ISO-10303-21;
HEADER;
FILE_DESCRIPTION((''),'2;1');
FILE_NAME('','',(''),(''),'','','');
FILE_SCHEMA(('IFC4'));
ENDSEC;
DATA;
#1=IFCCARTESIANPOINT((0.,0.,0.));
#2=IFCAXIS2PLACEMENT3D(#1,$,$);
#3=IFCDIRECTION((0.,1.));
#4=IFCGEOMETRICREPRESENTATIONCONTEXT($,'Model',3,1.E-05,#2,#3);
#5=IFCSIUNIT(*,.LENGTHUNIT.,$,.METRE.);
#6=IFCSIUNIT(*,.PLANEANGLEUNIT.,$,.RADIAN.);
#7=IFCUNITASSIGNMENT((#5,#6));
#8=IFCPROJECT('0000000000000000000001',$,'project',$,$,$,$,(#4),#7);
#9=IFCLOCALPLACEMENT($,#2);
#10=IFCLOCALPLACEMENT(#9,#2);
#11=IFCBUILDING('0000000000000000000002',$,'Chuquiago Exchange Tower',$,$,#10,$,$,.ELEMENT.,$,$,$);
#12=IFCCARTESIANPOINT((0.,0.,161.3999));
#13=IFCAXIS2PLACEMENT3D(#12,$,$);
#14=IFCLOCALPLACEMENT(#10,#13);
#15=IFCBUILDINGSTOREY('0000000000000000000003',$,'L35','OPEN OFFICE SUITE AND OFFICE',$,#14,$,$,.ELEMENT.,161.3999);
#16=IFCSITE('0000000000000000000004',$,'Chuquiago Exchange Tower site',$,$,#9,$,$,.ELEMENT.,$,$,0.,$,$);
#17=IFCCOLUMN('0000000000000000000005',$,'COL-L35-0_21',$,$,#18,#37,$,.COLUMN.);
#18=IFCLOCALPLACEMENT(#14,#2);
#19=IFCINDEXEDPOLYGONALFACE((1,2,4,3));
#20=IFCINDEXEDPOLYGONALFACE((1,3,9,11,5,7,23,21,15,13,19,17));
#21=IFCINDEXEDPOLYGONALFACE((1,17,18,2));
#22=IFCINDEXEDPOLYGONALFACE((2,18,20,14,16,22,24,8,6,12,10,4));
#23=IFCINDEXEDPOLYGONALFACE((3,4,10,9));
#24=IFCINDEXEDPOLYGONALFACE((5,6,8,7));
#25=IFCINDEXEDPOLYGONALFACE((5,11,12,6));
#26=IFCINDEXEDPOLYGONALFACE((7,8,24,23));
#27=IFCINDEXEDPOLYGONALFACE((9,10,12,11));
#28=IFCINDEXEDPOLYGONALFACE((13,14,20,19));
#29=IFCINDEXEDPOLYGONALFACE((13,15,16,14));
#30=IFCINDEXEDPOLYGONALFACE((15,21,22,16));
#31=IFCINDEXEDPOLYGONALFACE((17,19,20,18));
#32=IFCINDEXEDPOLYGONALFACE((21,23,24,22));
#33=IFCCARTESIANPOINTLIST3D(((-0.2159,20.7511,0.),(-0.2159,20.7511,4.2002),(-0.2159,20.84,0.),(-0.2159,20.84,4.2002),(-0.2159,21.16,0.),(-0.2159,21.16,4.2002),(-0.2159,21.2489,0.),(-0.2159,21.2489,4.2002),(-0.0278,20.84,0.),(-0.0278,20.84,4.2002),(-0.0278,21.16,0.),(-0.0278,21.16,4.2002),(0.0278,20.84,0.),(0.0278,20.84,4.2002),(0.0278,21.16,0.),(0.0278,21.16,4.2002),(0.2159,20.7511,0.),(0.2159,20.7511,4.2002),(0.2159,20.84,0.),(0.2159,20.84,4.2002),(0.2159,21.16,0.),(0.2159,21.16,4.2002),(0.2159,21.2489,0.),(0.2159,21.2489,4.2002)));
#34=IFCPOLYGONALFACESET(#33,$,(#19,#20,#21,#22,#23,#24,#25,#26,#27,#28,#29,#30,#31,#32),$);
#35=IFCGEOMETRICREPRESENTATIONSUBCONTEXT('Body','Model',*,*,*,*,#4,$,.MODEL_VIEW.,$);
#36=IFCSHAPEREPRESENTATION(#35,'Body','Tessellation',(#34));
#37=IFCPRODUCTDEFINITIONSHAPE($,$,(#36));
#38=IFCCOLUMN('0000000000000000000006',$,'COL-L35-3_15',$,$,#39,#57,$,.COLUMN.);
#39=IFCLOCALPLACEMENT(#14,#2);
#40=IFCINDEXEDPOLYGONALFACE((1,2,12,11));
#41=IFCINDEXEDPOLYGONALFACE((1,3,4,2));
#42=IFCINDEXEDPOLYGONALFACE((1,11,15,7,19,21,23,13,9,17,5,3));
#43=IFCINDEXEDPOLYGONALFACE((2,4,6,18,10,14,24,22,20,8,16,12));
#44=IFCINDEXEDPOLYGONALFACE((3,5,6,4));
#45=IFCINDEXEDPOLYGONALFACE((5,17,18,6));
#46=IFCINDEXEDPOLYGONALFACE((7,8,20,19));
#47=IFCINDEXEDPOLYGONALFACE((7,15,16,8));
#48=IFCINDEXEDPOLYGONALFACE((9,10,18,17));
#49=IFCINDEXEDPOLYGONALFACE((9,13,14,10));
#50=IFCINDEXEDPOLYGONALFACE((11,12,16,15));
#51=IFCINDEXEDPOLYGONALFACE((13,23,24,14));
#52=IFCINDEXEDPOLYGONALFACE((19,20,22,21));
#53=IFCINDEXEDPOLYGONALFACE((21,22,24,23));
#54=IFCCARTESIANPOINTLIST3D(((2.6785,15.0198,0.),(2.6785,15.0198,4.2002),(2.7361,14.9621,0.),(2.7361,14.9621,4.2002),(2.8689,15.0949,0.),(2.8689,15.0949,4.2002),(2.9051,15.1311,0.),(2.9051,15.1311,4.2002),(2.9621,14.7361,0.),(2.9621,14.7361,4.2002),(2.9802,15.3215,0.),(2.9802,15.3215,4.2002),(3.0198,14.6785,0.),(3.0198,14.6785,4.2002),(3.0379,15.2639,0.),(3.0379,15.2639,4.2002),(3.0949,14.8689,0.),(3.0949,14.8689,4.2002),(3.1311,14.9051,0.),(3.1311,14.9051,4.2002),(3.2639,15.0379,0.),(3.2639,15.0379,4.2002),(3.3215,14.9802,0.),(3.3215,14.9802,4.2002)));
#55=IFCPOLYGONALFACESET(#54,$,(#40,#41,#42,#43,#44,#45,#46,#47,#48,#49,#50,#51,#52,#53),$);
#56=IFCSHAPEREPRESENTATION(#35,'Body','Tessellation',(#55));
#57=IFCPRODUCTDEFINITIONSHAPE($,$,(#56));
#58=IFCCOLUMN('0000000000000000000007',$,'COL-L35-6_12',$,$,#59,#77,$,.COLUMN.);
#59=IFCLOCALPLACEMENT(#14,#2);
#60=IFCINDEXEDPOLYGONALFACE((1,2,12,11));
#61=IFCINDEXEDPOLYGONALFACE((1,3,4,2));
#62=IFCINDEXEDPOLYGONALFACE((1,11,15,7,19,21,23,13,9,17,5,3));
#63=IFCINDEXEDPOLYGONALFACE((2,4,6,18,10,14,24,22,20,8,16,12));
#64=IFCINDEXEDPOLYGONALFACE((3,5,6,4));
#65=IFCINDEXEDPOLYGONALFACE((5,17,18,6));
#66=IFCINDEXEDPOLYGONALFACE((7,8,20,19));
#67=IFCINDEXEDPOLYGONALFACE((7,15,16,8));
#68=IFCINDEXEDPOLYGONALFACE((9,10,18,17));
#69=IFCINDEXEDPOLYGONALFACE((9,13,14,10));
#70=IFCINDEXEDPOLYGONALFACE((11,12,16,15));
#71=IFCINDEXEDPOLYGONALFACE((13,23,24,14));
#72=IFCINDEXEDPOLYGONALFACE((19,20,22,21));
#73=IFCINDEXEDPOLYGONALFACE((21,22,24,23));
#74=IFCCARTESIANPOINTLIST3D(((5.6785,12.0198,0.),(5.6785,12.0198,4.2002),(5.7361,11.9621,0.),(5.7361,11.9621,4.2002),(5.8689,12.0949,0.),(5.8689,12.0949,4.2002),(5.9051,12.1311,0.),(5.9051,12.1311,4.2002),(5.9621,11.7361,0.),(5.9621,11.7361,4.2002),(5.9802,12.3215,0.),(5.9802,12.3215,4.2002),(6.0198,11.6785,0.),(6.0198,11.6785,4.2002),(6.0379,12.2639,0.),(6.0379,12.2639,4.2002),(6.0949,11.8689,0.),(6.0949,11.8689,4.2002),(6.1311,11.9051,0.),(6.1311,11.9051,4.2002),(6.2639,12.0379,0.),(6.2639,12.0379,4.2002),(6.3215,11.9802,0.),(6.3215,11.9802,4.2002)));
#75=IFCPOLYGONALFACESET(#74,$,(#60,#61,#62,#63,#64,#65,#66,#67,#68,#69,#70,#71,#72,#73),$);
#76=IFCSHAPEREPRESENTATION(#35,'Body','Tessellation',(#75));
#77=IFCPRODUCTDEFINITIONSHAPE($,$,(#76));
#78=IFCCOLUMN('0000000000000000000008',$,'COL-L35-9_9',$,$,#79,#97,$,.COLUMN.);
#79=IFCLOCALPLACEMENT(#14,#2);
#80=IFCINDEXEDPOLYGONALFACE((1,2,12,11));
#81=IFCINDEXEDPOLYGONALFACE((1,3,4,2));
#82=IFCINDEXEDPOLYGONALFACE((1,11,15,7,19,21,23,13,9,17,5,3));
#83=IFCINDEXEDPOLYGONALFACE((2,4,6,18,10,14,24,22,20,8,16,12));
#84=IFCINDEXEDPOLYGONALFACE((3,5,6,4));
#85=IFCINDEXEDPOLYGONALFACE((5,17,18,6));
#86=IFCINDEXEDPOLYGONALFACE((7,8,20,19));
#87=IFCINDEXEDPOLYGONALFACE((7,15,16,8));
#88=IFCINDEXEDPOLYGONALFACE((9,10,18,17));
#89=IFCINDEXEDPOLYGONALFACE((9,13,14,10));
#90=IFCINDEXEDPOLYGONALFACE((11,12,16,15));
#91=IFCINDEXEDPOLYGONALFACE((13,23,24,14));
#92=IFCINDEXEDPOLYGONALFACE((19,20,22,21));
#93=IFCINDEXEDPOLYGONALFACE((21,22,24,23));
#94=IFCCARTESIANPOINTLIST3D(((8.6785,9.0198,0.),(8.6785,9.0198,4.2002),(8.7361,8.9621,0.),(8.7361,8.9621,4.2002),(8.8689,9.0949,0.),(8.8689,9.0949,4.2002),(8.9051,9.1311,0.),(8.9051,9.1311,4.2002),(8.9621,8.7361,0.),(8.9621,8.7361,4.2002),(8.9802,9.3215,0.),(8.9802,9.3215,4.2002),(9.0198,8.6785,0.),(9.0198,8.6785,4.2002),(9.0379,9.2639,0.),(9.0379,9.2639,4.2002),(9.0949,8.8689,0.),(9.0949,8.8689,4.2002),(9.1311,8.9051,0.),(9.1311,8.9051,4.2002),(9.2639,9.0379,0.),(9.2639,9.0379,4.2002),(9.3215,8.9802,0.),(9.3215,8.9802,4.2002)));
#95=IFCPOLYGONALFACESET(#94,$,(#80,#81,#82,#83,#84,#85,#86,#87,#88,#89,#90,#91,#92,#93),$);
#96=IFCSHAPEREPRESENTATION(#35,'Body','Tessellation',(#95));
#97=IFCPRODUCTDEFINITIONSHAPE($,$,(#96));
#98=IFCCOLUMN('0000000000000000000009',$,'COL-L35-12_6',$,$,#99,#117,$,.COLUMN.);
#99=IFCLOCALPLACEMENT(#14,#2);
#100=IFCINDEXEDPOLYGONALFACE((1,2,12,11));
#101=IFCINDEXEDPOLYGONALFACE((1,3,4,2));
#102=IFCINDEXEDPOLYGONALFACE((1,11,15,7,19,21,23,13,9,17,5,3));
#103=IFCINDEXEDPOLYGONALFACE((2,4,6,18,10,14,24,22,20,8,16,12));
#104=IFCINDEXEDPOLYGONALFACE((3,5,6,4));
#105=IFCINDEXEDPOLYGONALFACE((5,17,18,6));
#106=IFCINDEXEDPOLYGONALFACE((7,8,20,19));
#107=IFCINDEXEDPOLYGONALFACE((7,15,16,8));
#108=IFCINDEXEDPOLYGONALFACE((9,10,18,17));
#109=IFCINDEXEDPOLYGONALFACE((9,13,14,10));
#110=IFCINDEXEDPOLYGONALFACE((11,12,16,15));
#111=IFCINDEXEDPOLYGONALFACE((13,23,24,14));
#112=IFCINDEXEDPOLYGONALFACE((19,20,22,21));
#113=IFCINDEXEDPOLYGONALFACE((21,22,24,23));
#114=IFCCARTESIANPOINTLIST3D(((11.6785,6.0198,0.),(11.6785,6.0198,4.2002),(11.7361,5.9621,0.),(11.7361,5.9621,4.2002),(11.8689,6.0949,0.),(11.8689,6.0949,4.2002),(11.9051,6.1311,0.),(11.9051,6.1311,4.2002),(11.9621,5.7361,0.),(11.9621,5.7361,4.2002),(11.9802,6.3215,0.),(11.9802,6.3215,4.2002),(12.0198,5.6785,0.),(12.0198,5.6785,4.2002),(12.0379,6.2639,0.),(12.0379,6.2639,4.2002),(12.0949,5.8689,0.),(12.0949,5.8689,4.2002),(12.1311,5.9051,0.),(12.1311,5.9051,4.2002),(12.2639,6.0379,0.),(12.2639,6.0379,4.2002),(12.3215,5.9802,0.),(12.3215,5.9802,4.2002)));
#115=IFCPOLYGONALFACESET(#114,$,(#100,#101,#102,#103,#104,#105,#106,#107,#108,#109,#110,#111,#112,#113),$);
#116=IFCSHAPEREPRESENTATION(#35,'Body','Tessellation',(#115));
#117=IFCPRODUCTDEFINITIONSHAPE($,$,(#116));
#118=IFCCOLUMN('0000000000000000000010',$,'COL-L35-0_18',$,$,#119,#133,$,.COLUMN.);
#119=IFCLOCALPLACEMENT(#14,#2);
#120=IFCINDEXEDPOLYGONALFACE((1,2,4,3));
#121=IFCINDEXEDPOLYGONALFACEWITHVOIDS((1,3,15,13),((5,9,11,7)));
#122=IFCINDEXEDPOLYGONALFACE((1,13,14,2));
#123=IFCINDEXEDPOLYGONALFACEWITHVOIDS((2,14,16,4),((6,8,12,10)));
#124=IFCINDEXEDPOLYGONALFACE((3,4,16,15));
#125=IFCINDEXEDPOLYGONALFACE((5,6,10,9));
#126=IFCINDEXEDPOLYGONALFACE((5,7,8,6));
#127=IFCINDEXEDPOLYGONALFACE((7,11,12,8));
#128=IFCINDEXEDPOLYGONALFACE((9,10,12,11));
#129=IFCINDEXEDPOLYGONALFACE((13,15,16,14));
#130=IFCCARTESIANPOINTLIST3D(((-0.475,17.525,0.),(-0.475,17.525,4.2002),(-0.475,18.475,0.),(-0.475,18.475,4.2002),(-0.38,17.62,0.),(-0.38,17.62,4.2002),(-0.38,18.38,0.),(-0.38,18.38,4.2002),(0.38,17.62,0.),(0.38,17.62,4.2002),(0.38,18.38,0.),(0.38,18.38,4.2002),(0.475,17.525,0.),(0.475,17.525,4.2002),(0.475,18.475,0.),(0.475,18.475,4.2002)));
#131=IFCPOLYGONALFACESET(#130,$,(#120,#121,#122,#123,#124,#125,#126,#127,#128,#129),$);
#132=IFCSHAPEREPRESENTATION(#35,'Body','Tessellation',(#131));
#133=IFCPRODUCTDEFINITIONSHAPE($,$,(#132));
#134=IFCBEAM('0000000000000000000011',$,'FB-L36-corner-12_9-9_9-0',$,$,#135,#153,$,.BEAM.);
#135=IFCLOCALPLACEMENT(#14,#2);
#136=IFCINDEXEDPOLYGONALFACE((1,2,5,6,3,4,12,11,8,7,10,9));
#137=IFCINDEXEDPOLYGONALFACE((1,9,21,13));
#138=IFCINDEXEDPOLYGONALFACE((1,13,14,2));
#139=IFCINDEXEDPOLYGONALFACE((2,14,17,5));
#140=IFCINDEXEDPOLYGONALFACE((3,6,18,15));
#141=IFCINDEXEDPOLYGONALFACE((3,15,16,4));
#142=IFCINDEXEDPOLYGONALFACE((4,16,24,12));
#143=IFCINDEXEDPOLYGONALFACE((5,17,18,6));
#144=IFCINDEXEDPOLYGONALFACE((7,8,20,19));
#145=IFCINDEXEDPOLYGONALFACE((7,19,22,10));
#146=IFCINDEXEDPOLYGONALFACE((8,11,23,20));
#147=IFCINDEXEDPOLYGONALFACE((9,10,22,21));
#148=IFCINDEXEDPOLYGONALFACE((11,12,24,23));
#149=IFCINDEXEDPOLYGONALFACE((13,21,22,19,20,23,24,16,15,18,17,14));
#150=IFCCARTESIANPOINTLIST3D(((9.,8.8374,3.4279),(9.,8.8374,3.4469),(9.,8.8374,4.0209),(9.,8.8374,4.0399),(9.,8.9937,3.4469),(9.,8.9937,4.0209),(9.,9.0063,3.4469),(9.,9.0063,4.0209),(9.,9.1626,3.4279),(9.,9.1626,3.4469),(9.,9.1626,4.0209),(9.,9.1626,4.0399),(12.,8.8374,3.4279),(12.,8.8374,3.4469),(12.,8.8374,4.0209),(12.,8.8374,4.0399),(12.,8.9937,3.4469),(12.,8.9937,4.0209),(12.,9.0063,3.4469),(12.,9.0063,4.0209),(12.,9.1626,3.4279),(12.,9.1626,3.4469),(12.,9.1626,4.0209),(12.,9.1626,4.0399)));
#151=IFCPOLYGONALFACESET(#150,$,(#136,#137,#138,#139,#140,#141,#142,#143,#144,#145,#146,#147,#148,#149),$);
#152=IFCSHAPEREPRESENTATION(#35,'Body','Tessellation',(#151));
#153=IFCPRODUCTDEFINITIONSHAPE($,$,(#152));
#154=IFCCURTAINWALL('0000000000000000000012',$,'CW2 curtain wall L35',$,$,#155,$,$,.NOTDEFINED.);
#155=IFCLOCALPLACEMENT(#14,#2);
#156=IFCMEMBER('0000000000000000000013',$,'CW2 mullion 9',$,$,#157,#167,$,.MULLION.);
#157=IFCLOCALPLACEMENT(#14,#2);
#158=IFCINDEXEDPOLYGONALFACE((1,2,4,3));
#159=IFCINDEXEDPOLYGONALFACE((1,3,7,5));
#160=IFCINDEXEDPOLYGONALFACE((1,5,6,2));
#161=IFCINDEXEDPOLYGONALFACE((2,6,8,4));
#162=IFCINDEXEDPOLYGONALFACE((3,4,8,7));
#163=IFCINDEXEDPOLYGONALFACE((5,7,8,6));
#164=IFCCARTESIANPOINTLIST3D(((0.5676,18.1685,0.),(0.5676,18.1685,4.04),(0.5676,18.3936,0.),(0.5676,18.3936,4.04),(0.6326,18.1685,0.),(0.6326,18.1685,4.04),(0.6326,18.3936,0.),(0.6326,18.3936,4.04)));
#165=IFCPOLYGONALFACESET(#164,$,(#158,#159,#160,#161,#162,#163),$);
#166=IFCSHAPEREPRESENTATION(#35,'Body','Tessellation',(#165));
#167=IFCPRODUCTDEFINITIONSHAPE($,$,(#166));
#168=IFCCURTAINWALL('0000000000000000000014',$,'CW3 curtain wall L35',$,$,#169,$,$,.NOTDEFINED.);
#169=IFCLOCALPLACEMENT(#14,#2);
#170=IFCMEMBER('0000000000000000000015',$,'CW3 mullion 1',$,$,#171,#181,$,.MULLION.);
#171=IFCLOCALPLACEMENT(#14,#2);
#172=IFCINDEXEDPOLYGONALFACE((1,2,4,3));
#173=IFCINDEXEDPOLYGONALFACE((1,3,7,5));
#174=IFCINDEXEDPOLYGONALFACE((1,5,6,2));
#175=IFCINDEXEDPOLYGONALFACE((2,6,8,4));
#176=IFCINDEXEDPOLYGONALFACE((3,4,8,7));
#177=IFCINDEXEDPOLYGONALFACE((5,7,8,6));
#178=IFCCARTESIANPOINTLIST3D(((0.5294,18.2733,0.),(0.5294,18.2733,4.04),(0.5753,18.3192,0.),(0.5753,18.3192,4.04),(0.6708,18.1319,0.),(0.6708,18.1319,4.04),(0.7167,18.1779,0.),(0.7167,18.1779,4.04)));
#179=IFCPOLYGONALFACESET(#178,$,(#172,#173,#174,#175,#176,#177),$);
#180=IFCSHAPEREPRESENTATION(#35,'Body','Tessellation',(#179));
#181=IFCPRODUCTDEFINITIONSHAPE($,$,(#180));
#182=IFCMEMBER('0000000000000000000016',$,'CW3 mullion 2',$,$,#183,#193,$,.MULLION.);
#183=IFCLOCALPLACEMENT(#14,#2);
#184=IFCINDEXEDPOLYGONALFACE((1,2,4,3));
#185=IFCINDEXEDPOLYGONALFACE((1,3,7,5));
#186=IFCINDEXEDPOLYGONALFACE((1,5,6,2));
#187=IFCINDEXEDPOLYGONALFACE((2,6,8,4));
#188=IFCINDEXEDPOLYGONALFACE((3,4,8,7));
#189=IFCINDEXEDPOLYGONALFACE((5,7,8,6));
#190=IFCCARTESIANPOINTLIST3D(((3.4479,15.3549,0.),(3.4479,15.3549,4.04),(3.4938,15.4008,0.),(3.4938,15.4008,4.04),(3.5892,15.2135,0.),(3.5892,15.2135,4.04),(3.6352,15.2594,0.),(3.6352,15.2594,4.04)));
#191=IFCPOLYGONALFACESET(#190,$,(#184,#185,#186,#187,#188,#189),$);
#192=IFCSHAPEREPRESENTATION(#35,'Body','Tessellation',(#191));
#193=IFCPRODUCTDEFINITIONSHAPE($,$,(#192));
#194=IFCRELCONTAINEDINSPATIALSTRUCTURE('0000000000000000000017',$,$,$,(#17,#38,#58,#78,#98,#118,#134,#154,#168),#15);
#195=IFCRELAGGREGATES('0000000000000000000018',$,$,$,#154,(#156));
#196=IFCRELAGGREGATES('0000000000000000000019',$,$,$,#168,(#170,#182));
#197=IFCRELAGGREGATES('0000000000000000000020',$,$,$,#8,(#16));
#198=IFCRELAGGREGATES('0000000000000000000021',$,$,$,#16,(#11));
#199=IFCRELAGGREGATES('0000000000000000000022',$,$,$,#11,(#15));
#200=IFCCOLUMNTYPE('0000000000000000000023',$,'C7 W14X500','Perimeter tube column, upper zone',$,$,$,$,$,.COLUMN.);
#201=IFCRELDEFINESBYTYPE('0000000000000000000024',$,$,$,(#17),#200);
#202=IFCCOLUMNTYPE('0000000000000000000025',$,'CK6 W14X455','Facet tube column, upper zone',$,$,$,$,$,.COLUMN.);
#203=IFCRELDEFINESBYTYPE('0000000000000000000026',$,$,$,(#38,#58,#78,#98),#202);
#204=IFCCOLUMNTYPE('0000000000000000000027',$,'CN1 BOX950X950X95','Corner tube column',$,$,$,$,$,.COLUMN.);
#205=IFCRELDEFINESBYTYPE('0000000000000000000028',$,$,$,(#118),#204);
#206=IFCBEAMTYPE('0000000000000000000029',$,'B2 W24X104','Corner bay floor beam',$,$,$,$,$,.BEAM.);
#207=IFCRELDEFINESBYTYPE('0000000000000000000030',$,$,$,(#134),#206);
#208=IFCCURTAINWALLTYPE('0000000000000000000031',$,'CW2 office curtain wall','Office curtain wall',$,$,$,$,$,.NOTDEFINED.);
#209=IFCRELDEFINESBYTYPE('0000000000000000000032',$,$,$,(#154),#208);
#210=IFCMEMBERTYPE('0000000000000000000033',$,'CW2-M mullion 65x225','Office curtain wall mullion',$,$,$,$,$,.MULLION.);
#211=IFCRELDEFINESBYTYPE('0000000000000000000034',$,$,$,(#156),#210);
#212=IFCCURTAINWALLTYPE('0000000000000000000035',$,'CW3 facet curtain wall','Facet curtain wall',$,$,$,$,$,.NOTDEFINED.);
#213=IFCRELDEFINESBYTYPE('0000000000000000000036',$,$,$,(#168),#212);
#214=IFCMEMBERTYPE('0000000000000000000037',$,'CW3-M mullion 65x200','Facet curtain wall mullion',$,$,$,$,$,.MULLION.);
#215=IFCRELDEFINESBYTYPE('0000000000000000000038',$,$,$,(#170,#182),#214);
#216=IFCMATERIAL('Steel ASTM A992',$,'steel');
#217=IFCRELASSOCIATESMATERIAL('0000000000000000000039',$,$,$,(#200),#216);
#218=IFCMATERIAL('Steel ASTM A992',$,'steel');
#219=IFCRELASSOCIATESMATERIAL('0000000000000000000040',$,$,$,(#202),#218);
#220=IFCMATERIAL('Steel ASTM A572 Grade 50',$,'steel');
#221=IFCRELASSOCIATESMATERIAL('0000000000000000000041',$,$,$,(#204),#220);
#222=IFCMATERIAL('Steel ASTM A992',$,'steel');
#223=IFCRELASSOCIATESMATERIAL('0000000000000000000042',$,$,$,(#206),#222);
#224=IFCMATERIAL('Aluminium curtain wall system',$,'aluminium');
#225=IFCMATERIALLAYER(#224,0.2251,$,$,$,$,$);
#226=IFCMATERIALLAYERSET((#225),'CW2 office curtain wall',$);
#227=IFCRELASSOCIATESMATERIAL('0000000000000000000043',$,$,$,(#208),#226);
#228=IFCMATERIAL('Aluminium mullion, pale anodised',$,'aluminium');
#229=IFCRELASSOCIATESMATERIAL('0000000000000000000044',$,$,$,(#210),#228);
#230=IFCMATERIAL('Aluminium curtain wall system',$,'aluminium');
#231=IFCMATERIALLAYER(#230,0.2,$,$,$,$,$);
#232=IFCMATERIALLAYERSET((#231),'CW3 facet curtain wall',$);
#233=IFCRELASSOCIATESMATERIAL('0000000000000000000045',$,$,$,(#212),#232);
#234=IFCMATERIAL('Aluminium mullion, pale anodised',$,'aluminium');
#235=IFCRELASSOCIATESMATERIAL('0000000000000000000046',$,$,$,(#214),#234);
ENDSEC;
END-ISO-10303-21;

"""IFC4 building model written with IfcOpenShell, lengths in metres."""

from ifc_helpers import new_model, si_unit, direction, frame, origin, origin_2d, place, context, subcontext, project, spatial, rectangle, hollow_rectangle, i_section, extrude, material, layer, layer_set, material_profile, profile_set, type_object, element, aggregate, save


model = new_model("IFC4")

# Units and contexts
model_context = context("Model", 3, precision=1e-05, world=origin(), true_north=direction((0.0, 1.0)))
body_context = subcontext(model_context, "Body", "Model", "MODEL_VIEW")
ifc_project = project(units=[si_unit("LENGTHUNIT", "METRE"), si_unit("PLANEANGLEUNIT", "RADIAN")], contexts=[model_context])

# Site, building, storey
site_placement = place(None, origin())
site = spatial("IfcSite", under=ifc_project, at=site_placement, Name="Chuquiago Exchange Tower site", CompositionType="ELEMENT", RefElevation=0.0)
building_placement = place(site_placement, origin())
building = spatial("IfcBuilding", under=site, at=building_placement, Name="Chuquiago Exchange Tower", CompositionType="ELEMENT")
storey_placement = place(building_placement, frame((0.0, 0.0, 161.3999)))
storey = spatial("IfcBuildingStorey", under=building, at=storey_placement, Name="L35", Description="OPEN OFFICE SUITE AND OFFICE", CompositionType="ELEMENT", Elevation=161.3999)

# Columns
ifc_material_1 = material(Name="Steel ASTM A992", Category="steel")
ifc_material_profile_1 = material_profile(ifc_material_1, i_section(OverallWidth=0.4319, OverallDepth=0.4978, WebThickness=0.0557, FlangeThickness=0.0889, at=origin_2d()), Name="W14X500")
ifc_profile_set_1 = profile_set([ifc_material_profile_1], Name="Steel ASTM A992")
column_type_1 = type_object("IfcColumnType", Name="C7 W14X500", Description="Perimeter tube column, upper zone", PredefinedType="COLUMN", material=ifc_profile_set_1)
column_1_placement = place(storey_placement, frame((0.0, 21.0, 0.0), z_axis=(0.0, 0.0, 1.0), x_axis=(-1.0, 0.0, 0.0)))
element("IfcColumn", 1, at=column_1_placement, inside=storey, type_object=column_type_1, Name="COL-L35-0_21", PredefinedType="COLUMN", context=body_context, shape_type="SweptSolid", body=[
    extrude(i_section(OverallWidth=0.4319, OverallDepth=0.4978, WebThickness=0.0557, FlangeThickness=0.0889, at=origin_2d()), origin(), (0.0, 0.0, 1.0), 4.2002),
])
ifc_material_2 = material(Name="Steel ASTM A992", Category="steel")
ifc_material_profile_2 = material_profile(ifc_material_2, i_section(OverallWidth=0.4268, OverallDepth=0.4827, WebThickness=0.0513, FlangeThickness=0.0815, at=origin_2d()), Name="W14X455")
ifc_profile_set_2 = profile_set([ifc_material_profile_2], Name="Steel ASTM A992")
column_type_2 = type_object("IfcColumnType", Name="CK6 W14X455", Description="Facet tube column, upper zone", PredefinedType="COLUMN", material=ifc_profile_set_2)
for number, where, z_axis, x_axis, name in (
    (2, (3.0, 15.0, 0.0), (0.0, 0.0, 1.0), (-0.707107, -0.707107, 0.0), "COL-L35-3_15"),
    (3, (6.0, 12.0, 0.0), (0.0, 0.0, 1.0), (-0.707107, -0.707107, 0.0), "COL-L35-6_12"),
    (4, (9.0, 9.0, 0.0), (0.0, 0.0, 1.0), (-0.707107, -0.707107, 0.0), "COL-L35-9_9"),
    (5, (12.0, 6.0, 0.0), (0.0, 0.0, 1.0), (-0.707107, -0.707107, 0.0), "COL-L35-12_6"),
):
    element("IfcColumn", number, at=place(storey_placement, frame(where, z_axis=z_axis, x_axis=x_axis)), inside=storey, type_object=column_type_2, Name=name, PredefinedType="COLUMN", context=body_context, shape_type="SweptSolid", body=[
        extrude(i_section(OverallWidth=0.4268, OverallDepth=0.4827, WebThickness=0.0513, FlangeThickness=0.0815, at=origin_2d()), origin(), (0.0, 0.0, 1.0), 4.2002),
    ])
ifc_material_3 = material(Name="Steel ASTM A572 Grade 50", Category="steel")
ifc_material_profile_3 = material_profile(ifc_material_3, hollow_rectangle(XDim=0.95, YDim=0.95, WallThickness=0.095, at=origin_2d()), Name="BOX950X950X95")
ifc_profile_set_3 = profile_set([ifc_material_profile_3], Name="Steel ASTM A572 Grade 50")
column_type_3 = type_object("IfcColumnType", Name="CN1 BOX950X950X95", Description="Corner tube column", PredefinedType="COLUMN", material=ifc_profile_set_3)
column_2_placement = place(storey_placement, frame((0.0, 18.0, 0.0), z_axis=(0.0, 0.0, 1.0), x_axis=(-1.0, 0.0, 0.0)))
element("IfcColumn", 6, at=column_2_placement, inside=storey, type_object=column_type_3, Name="COL-L35-0_18", PredefinedType="COLUMN", context=body_context, shape_type="SweptSolid", body=[
    extrude(hollow_rectangle(XDim=0.95, YDim=0.95, WallThickness=0.095, at=origin_2d()), origin(), (0.0, 0.0, 1.0), 4.2002),
])

# Beam
ifc_material_4 = material(Name="Steel ASTM A992", Category="steel")
ifc_material_profile_4 = material_profile(ifc_material_4, i_section(OverallWidth=0.3252, OverallDepth=0.6121, WebThickness=0.0127, FlangeThickness=0.019, at=origin_2d()), Name="W24X104")
ifc_profile_set_4 = profile_set([ifc_material_profile_4], Name="Steel ASTM A992")
beam_type_1 = type_object("IfcBeamType", Name="B2 W24X104", Description="Corner bay floor beam", PredefinedType="BEAM", material=ifc_profile_set_4)
beam_placement = place(storey_placement, frame((12.0, 9.0, 3.7339), z_axis=(-1.0, 0.0, 0.0), x_axis=(0.0, -1.0, 0.0)))
element("IfcBeam", 7, at=beam_placement, inside=storey, type_object=beam_type_1, Name="FB-L36-corner-12_9-9_9-0", PredefinedType="BEAM", context=body_context, shape_type="SweptSolid", body=[
    extrude(i_section(OverallWidth=0.3252, OverallDepth=0.6121, WebThickness=0.0127, FlangeThickness=0.019, at=origin_2d()), origin(), (0.0, 0.0, 1.0), 3.0),
])

# Curtain wall, member
ifc_material_5 = material(Name="Aluminium curtain wall system", Category="aluminium")
ifc_layer_1 = layer(ifc_material_5, 0.2251)
ifc_layer_set_1 = layer_set([ifc_layer_1], Name="CW2 office curtain wall")
curtain_wall_type_1 = type_object("IfcCurtainWallType", Name="CW2 office curtain wall", Description="Office curtain wall", PredefinedType="NOTDEFINED", material=ifc_layer_set_1)
curtain_wall_1_placement = place(storey_placement, origin())
curtain_wall_1 = element("IfcCurtainWall", 8, at=curtain_wall_1_placement, inside=storey, type_object=curtain_wall_type_1, Name="CW2 curtain wall L35", PredefinedType="NOTDEFINED")
ifc_material_6 = material(Name="Aluminium mullion, pale anodised", Category="aluminium")
ifc_material_profile_5 = material_profile(ifc_material_6, rectangle(XDim=0.0649, YDim=0.2251, at=origin_2d()), Name="AL 65x225")
ifc_profile_set_5 = profile_set([ifc_material_profile_5], Name="Aluminium mullion, pale anodised")
member_type_1 = type_object("IfcMemberType", Name="CW2-M mullion 65x225", Description="Office curtain wall mullion", PredefinedType="MULLION", material=ifc_profile_set_5)
member_1_placement = place(storey_placement, frame((0.6001, 18.281, 0.0), z_axis=(0.0, 0.0, 1.0), x_axis=(1.0, 0.0, 0.0)))
member_1 = element("IfcMember", 9, at=member_1_placement, type_object=member_type_1, Name="CW2 mullion 9", PredefinedType="MULLION", context=body_context, shape_type="SweptSolid", body=[
    extrude(rectangle(XDim=0.0649, YDim=0.2251, at=origin_2d()), origin(), (0.0, 0.0, 1.0), 4.04),
])

# Curtain wall, members
ifc_material_7 = material(Name="Aluminium curtain wall system", Category="aluminium")
ifc_layer_2 = layer(ifc_material_7, 0.2)
ifc_layer_set_2 = layer_set([ifc_layer_2], Name="CW3 facet curtain wall")
curtain_wall_type_2 = type_object("IfcCurtainWallType", Name="CW3 facet curtain wall", Description="Facet curtain wall", PredefinedType="NOTDEFINED", material=ifc_layer_set_2)
curtain_wall_2_placement = place(storey_placement, origin())
curtain_wall_2 = element("IfcCurtainWall", 10, at=curtain_wall_2_placement, inside=storey, type_object=curtain_wall_type_2, Name="CW3 curtain wall L35", PredefinedType="NOTDEFINED")
ifc_material_8 = material(Name="Aluminium mullion, pale anodised", Category="aluminium")
ifc_material_profile_6 = material_profile(ifc_material_8, rectangle(XDim=0.0649, YDim=0.2, at=origin_2d()), Name="AL 65x200")
ifc_profile_set_6 = profile_set([ifc_material_profile_6], Name="Aluminium mullion, pale anodised")
member_type_2 = type_object("IfcMemberType", Name="CW3-M mullion 65x200", Description="Facet curtain wall mullion", PredefinedType="MULLION", material=ifc_profile_set_6)
member_2_placement = place(storey_placement, frame((0.623, 18.2256, 0.0), z_axis=(0.0, 0.0, 1.0), x_axis=(0.707107, 0.707107, 0.0)))
member_2 = element("IfcMember", 11, at=member_2_placement, type_object=member_type_2, Name="CW3 mullion 1", PredefinedType="MULLION", context=body_context, shape_type="SweptSolid", body=[
    extrude(rectangle(XDim=0.0649, YDim=0.2, at=origin_2d()), origin(), (0.0, 0.0, 1.0), 4.04),
])
member_3_placement = place(storey_placement, frame((3.5415, 15.3071, 0.0), z_axis=(0.0, 0.0, 1.0), x_axis=(0.707107, 0.707107, 0.0)))
member_3 = element("IfcMember", 12, at=member_3_placement, type_object=member_type_2, Name="CW3 mullion 2", PredefinedType="MULLION", context=body_context, shape_type="SweptSolid", body=[
    extrude(rectangle(XDim=0.0649, YDim=0.2, at=origin_2d()), origin(), (0.0, 0.0, 1.0), 4.04),
])

aggregate(curtain_wall_1, [member_1])
aggregate(curtain_wall_2, [member_2, member_3])

save(model, "model.ifc")
